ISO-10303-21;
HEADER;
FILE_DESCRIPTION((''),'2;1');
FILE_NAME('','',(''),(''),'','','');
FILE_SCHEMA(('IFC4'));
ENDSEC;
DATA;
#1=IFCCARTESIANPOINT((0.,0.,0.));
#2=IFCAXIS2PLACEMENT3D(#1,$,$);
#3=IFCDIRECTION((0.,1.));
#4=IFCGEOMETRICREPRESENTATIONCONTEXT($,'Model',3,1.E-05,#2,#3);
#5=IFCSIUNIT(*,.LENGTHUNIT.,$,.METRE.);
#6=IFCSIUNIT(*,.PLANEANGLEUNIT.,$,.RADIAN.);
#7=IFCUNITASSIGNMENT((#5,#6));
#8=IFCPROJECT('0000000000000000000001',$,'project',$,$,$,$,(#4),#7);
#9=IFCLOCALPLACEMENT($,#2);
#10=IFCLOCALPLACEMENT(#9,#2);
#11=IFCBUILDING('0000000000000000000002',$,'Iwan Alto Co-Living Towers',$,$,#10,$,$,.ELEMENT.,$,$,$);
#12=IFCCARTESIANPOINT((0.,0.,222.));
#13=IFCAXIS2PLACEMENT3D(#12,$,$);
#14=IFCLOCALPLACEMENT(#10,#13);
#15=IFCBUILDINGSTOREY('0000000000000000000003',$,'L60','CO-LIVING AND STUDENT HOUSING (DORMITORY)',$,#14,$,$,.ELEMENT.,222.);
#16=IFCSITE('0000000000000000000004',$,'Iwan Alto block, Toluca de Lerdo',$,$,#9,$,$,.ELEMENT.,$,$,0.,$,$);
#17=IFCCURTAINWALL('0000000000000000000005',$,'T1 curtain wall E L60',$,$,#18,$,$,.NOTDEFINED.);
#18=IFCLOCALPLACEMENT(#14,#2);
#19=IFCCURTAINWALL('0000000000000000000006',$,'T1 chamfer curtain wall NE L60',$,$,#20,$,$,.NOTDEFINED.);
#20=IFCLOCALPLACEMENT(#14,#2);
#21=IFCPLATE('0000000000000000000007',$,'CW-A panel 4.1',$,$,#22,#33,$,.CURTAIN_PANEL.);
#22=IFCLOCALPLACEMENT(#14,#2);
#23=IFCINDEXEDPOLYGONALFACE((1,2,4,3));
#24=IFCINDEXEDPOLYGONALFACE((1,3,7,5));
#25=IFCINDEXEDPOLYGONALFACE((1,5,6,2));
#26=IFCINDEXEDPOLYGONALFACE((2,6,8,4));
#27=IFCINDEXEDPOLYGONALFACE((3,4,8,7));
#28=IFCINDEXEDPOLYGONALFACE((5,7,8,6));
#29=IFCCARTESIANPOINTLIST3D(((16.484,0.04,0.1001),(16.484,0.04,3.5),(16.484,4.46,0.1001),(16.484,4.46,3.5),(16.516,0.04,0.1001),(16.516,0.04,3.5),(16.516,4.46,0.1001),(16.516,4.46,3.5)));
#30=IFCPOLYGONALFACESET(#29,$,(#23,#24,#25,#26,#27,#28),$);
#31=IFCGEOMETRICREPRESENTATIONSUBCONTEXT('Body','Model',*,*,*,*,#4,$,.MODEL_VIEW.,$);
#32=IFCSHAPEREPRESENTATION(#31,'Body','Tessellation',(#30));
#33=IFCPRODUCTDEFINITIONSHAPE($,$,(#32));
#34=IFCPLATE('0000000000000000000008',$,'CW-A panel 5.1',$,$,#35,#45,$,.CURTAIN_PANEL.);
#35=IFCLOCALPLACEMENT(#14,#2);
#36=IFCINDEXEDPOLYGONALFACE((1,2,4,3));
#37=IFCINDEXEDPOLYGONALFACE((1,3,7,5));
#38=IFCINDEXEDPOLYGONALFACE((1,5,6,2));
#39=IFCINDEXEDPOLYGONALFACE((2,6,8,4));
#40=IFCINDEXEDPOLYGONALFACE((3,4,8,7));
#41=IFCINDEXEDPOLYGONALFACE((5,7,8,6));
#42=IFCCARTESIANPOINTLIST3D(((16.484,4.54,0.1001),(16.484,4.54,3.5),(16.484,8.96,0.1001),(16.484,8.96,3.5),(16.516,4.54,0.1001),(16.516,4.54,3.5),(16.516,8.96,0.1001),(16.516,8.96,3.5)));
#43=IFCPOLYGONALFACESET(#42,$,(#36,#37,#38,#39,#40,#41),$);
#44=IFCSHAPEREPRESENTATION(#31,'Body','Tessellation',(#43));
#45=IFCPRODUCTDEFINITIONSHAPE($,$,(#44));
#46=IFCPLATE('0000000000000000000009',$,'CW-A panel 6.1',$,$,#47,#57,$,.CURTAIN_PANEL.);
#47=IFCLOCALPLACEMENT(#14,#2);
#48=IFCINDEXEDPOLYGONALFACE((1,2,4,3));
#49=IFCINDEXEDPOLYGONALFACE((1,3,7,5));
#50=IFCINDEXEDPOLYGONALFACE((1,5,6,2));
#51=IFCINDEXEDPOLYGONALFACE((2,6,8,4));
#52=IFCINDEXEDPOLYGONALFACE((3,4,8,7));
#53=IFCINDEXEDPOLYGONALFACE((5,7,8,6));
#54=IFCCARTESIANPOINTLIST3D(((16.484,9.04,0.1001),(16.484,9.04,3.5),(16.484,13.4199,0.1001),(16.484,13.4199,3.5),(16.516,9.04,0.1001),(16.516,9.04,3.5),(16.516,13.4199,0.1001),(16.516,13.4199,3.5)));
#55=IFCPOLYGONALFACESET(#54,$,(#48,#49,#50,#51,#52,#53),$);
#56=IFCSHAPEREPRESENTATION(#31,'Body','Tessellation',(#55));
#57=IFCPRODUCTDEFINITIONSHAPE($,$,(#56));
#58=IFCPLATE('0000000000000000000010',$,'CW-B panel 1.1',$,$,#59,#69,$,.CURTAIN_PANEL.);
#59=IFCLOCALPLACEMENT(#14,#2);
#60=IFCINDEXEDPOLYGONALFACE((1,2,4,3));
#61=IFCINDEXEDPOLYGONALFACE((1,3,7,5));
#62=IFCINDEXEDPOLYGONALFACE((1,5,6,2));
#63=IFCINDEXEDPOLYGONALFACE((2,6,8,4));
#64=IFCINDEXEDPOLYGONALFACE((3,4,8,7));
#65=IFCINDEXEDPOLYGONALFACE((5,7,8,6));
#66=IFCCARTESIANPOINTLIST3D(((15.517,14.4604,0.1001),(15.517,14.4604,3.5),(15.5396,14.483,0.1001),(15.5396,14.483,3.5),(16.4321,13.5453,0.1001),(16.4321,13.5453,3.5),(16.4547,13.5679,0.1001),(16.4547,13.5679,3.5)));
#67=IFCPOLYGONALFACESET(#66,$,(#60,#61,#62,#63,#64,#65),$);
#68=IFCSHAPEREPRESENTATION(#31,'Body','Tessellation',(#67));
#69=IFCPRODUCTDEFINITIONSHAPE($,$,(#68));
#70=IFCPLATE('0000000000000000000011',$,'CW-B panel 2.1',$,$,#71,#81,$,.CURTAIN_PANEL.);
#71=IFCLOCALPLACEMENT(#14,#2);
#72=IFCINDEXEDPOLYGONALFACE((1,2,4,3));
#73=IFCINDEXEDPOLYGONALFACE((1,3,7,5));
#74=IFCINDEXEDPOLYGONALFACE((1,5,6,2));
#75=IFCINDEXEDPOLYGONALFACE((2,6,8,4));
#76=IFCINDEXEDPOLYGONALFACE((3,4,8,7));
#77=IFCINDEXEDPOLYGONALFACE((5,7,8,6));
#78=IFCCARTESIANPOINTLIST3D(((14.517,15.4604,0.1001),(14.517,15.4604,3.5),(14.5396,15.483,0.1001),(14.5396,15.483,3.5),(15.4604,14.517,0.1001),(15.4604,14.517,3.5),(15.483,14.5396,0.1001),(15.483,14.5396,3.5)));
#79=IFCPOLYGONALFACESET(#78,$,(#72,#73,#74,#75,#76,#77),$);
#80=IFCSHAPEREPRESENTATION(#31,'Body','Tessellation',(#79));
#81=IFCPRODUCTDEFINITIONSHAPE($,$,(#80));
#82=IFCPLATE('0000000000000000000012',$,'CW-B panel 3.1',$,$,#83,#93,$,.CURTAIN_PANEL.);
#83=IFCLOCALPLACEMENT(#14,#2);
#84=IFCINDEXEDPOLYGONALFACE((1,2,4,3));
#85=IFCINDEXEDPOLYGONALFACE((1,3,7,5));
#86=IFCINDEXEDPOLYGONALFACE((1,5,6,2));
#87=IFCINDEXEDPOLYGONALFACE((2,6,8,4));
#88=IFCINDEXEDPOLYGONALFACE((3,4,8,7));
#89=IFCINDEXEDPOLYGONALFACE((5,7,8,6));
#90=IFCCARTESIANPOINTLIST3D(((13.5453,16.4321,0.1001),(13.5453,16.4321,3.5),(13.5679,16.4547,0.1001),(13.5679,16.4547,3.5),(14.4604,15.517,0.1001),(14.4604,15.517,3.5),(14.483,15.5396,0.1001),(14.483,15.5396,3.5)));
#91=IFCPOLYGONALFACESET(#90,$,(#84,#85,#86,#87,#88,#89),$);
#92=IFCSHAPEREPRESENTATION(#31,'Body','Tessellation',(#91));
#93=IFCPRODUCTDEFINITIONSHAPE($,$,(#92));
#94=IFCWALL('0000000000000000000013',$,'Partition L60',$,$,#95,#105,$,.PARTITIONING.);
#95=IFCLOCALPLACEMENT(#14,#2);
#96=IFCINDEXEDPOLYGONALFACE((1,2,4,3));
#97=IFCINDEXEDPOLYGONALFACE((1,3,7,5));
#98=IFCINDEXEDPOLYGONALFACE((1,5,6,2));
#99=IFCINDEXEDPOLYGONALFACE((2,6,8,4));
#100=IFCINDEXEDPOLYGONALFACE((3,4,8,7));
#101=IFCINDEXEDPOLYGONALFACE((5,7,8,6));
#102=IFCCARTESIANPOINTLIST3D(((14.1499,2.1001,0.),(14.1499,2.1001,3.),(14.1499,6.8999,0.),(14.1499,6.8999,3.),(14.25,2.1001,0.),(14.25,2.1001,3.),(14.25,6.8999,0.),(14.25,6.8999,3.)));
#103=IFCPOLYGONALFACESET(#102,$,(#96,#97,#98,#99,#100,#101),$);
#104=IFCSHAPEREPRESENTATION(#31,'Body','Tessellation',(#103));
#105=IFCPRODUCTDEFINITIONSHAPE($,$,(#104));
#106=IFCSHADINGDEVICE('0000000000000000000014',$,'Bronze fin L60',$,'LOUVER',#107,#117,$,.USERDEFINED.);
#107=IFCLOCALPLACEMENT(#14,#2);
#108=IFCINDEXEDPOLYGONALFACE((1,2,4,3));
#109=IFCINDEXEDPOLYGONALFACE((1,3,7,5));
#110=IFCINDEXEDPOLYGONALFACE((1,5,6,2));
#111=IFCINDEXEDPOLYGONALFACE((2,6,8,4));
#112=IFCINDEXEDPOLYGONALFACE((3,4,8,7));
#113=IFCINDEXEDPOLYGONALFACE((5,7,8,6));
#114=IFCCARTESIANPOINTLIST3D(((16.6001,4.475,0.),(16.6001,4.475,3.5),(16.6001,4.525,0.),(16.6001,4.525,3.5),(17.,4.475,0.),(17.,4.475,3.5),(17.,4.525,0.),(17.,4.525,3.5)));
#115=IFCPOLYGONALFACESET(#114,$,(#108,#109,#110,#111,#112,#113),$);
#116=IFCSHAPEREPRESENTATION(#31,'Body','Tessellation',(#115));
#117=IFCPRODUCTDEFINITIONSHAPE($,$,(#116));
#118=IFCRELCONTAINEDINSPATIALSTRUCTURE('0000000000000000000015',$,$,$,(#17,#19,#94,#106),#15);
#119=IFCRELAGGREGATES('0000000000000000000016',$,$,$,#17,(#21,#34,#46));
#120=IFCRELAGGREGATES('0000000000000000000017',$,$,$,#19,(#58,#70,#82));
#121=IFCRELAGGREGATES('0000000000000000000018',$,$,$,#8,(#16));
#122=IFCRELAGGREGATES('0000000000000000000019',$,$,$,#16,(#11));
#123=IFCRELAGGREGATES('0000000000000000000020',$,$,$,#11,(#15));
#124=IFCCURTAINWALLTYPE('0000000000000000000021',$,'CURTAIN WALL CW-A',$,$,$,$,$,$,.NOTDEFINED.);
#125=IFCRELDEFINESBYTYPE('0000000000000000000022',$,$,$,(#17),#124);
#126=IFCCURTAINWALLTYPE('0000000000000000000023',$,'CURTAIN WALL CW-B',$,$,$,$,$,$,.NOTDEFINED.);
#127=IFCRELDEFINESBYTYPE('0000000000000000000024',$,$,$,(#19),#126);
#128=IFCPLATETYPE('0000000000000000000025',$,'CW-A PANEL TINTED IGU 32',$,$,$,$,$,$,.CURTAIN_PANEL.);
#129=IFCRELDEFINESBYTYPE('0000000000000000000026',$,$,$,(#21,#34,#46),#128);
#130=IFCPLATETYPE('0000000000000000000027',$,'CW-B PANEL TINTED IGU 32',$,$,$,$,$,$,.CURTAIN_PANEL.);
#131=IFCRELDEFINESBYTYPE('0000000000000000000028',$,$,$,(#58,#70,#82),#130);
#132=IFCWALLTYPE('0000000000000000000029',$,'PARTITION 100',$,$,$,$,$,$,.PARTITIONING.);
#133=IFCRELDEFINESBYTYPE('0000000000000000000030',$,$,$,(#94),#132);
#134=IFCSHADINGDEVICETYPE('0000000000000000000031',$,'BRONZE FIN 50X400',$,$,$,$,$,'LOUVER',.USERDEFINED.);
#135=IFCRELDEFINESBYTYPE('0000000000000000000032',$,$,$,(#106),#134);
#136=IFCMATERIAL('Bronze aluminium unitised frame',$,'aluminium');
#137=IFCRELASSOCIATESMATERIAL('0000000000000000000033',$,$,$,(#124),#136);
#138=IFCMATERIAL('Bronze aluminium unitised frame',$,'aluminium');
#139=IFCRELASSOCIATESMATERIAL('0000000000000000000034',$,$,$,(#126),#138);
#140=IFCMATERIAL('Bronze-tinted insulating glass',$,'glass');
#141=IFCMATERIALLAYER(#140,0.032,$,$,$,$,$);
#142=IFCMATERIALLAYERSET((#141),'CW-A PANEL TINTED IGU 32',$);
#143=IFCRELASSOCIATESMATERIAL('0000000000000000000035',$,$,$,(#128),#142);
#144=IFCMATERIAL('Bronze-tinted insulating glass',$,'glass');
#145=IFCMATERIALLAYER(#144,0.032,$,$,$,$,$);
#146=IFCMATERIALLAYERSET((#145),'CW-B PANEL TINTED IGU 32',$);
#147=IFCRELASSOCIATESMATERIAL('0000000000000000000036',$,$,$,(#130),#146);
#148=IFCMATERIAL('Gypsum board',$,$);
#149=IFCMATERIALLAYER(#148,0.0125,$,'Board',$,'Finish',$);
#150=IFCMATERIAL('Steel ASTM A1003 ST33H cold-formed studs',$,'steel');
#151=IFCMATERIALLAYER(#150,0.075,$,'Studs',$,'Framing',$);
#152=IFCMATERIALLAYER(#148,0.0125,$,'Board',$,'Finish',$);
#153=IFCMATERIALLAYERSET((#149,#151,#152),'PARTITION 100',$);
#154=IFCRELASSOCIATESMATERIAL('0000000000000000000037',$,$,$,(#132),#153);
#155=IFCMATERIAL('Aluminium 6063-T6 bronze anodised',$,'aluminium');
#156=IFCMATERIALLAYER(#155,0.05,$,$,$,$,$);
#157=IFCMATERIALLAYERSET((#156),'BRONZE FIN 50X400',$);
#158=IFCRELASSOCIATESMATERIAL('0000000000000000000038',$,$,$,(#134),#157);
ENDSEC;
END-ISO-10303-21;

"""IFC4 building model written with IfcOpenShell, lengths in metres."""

from ifc_helpers import new_model, si_unit, direction, frame, frame_2d, origin, origin_2d, place, context, subcontext, project, spatial, rectangle, extrude, material, layer, layer_set, type_object, element, aggregate, save


model = new_model("IFC4")

# Units and contexts
model_context = context("Model", 3, precision=1e-05, world=origin(), true_north=direction((0.0, 1.0)))
body_context = subcontext(model_context, "Body", "Model", "MODEL_VIEW")
ifc_project = project(units=[si_unit("LENGTHUNIT", "METRE"), si_unit("PLANEANGLEUNIT", "RADIAN")], contexts=[model_context])

# Site, building, storey
site_placement = place(None, origin())
site = spatial("IfcSite", under=ifc_project, at=site_placement, Name="Iwan Alto block, Toluca de Lerdo", CompositionType="ELEMENT", RefElevation=0.0)
building_placement = place(site_placement, origin())
building = spatial("IfcBuilding", under=site, at=building_placement, Name="Iwan Alto Co-Living Towers", CompositionType="ELEMENT")
storey_placement = place(building_placement, frame((0.0, 0.0, 222.0)))
storey = spatial("IfcBuildingStorey", under=building, at=storey_placement, Name="L60", Description="CO-LIVING AND STUDENT HOUSING (DORMITORY)", CompositionType="ELEMENT", Elevation=222.0)

# Curtain wall
ifc_material_1 = material(Name="Bronze aluminium unitised frame", Category="aluminium")
curtain_wall_type_1 = type_object("IfcCurtainWallType", Name="CURTAIN WALL CW-A", PredefinedType="NOTDEFINED", material=ifc_material_1)
curtain_wall_1_placement = place(storey_placement, origin())
curtain_wall_1 = element("IfcCurtainWall", 1, at=curtain_wall_1_placement, inside=storey, type_object=curtain_wall_type_1, Name="T1 curtain wall E L60", PredefinedType="NOTDEFINED")

# Curtain wall
ifc_material_2 = material(Name="Bronze aluminium unitised frame", Category="aluminium")
curtain_wall_type_2 = type_object("IfcCurtainWallType", Name="CURTAIN WALL CW-B", PredefinedType="NOTDEFINED", material=ifc_material_2)
curtain_wall_2_placement = place(storey_placement, origin())
curtain_wall_2 = element("IfcCurtainWall", 2, at=curtain_wall_2_placement, inside=storey, type_object=curtain_wall_type_2, Name="T1 chamfer curtain wall NE L60", PredefinedType="NOTDEFINED")

# Plates
ifc_material_3 = material(Name="Bronze-tinted insulating glass", Category="glass")
ifc_layer_1 = layer(ifc_material_3, 0.032)
ifc_layer_set_1 = layer_set([ifc_layer_1], Name="CW-A PANEL TINTED IGU 32")
plate_type_1 = type_object("IfcPlateType", Name="CW-A PANEL TINTED IGU 32", PredefinedType="CURTAIN_PANEL", material=ifc_layer_set_1)
plate_1_placement = place(storey_placement, frame((16.5, 2.25, 0.1001), z_axis=(0.0, 0.0, 1.0), x_axis=(0.0, 1.0, 0.0)))
plate_1 = element("IfcPlate", 3, at=plate_1_placement, type_object=plate_type_1, Name="CW-A panel 4.1", PredefinedType="CURTAIN_PANEL", context=body_context, shape_type="SweptSolid", body=[
    extrude(rectangle(XDim=4.4199, YDim=0.032, at=origin_2d()), origin(), (0.0, 0.0, 1.0), 3.3999),
])
plate_2_placement = place(storey_placement, frame((16.5, 6.75, 0.1001), z_axis=(0.0, 0.0, 1.0), x_axis=(0.0, 1.0, 0.0)))
plate_2 = element("IfcPlate", 4, at=plate_2_placement, type_object=plate_type_1, Name="CW-A panel 5.1", PredefinedType="CURTAIN_PANEL", context=body_context, shape_type="SweptSolid", body=[
    extrude(rectangle(XDim=4.4199, YDim=0.032, at=origin_2d()), origin(), (0.0, 0.0, 1.0), 3.3999),
])
plate_3_placement = place(storey_placement, frame((16.5, 11.23, 0.1001), z_axis=(0.0, 0.0, 1.0), x_axis=(0.0, 1.0, 0.0)))
plate_3 = element("IfcPlate", 5, at=plate_3_placement, type_object=plate_type_1, Name="CW-A panel 6.1", PredefinedType="CURTAIN_PANEL", context=body_context, shape_type="SweptSolid", body=[
    extrude(rectangle(XDim=4.3799, YDim=0.032, at=origin_2d()), origin(), (0.0, 0.0, 1.0), 3.3999),
])
aggregate(curtain_wall_1, [plate_1, plate_2, plate_3])
ifc_material_4 = material(Name="Bronze-tinted insulating glass", Category="glass")
ifc_layer_2 = layer(ifc_material_4, 0.032)
ifc_layer_set_2 = layer_set([ifc_layer_2], Name="CW-B PANEL TINTED IGU 32")
plate_type_2 = type_object("IfcPlateType", Name="CW-B PANEL TINTED IGU 32", PredefinedType="CURTAIN_PANEL", material=ifc_layer_set_2)
plate_4_placement = place(storey_placement, frame((15.9858, 14.0142, 0.1001), z_axis=(0.0, 0.0, 1.0), x_axis=(-0.707107, 0.707107, 0.0)))
plate_4 = element("IfcPlate", 6, at=plate_4_placement, type_object=plate_type_2, Name="CW-B panel 1.1", PredefinedType="CURTAIN_PANEL", context=body_context, shape_type="SweptSolid", body=[
    extrude(rectangle(XDim=1.2942, YDim=0.032, at=origin_2d()), origin(), (0.0, 0.0, 1.0), 3.3999),
])
plate_5_placement = place(storey_placement, frame((15.0, 15.0, 0.1001), z_axis=(0.0, 0.0, 1.0), x_axis=(-0.707107, 0.707107, 0.0)))
plate_5 = element("IfcPlate", 7, at=plate_5_placement, type_object=plate_type_2, Name="CW-B panel 2.1", PredefinedType="CURTAIN_PANEL", context=body_context, shape_type="SweptSolid", body=[
    extrude(rectangle(XDim=1.3342, YDim=0.032, at=origin_2d()), origin(), (0.0, 0.0, 1.0), 3.3999),
])
plate_6_placement = place(storey_placement, frame((14.0142, 15.9858, 0.1001), z_axis=(0.0, 0.0, 1.0), x_axis=(-0.707107, 0.707107, 0.0)))
plate_6 = element("IfcPlate", 8, at=plate_6_placement, type_object=plate_type_2, Name="CW-B panel 3.1", PredefinedType="CURTAIN_PANEL", context=body_context, shape_type="SweptSolid", body=[
    extrude(rectangle(XDim=1.2942, YDim=0.032, at=origin_2d()), origin(), (0.0, 0.0, 1.0), 3.3999),
])
aggregate(curtain_wall_2, [plate_4, plate_5, plate_6])

# Wall
ifc_material_5 = material(Name="Gypsum board")
ifc_layer_3 = layer(ifc_material_5, 0.0125, Name="Board", Category="Finish")
ifc_material_6 = material(Name="Steel ASTM A1003 ST33H cold-formed studs", Category="steel")
ifc_layer_4 = layer(ifc_material_6, 0.075, Name="Studs", Category="Framing")
ifc_layer_5 = layer(ifc_material_5, 0.0125, Name="Board", Category="Finish")
ifc_layer_set_3 = layer_set([ifc_layer_3, ifc_layer_4, ifc_layer_5], Name="PARTITION 100")
wall_type = type_object("IfcWallType", Name="PARTITION 100", PredefinedType="PARTITIONING", material=ifc_layer_set_3)
wall_placement = place(storey_placement, frame((14.2, 2.1001, 0.0), z_axis=(0.0, 0.0, 1.0), x_axis=(0.0, 1.0, 0.0)))
element("IfcWall", 9, at=wall_placement, inside=storey, type_object=wall_type, Name="Partition L60", PredefinedType="PARTITIONING", context=body_context, shape_type="SweptSolid", body=[
    extrude(rectangle(XDim=4.7998, YDim=0.1001, at=frame_2d((2.3999, 0.0))), origin(), (0.0, 0.0, 1.0), 3.0),
])

# Shading device
ifc_material_7 = material(Name="Aluminium 6063-T6 bronze anodised", Category="aluminium")
ifc_layer_6 = layer(ifc_material_7, 0.05)
ifc_layer_set_4 = layer_set([ifc_layer_6], Name="BRONZE FIN 50X400")
shading_device_type = type_object("IfcShadingDeviceType", Name="BRONZE FIN 50X400", ElementType="LOUVER", PredefinedType="USERDEFINED", material=ifc_layer_set_4)
shading_device_placement = place(storey_placement, frame((16.8, 4.5, 0.0), z_axis=(0.0, 0.0, 1.0), x_axis=(0.0, 1.0, 0.0)))
element("IfcShadingDevice", 10, at=shading_device_placement, inside=storey, type_object=shading_device_type, Name="Bronze fin L60", ObjectType="LOUVER", PredefinedType="USERDEFINED", context=body_context, shape_type="SweptSolid", body=[
    extrude(rectangle(XDim=0.05, YDim=0.3999, at=origin_2d()), origin(), (0.0, 0.0, 1.0), 3.5),
])

save(model, "model.ifc")
